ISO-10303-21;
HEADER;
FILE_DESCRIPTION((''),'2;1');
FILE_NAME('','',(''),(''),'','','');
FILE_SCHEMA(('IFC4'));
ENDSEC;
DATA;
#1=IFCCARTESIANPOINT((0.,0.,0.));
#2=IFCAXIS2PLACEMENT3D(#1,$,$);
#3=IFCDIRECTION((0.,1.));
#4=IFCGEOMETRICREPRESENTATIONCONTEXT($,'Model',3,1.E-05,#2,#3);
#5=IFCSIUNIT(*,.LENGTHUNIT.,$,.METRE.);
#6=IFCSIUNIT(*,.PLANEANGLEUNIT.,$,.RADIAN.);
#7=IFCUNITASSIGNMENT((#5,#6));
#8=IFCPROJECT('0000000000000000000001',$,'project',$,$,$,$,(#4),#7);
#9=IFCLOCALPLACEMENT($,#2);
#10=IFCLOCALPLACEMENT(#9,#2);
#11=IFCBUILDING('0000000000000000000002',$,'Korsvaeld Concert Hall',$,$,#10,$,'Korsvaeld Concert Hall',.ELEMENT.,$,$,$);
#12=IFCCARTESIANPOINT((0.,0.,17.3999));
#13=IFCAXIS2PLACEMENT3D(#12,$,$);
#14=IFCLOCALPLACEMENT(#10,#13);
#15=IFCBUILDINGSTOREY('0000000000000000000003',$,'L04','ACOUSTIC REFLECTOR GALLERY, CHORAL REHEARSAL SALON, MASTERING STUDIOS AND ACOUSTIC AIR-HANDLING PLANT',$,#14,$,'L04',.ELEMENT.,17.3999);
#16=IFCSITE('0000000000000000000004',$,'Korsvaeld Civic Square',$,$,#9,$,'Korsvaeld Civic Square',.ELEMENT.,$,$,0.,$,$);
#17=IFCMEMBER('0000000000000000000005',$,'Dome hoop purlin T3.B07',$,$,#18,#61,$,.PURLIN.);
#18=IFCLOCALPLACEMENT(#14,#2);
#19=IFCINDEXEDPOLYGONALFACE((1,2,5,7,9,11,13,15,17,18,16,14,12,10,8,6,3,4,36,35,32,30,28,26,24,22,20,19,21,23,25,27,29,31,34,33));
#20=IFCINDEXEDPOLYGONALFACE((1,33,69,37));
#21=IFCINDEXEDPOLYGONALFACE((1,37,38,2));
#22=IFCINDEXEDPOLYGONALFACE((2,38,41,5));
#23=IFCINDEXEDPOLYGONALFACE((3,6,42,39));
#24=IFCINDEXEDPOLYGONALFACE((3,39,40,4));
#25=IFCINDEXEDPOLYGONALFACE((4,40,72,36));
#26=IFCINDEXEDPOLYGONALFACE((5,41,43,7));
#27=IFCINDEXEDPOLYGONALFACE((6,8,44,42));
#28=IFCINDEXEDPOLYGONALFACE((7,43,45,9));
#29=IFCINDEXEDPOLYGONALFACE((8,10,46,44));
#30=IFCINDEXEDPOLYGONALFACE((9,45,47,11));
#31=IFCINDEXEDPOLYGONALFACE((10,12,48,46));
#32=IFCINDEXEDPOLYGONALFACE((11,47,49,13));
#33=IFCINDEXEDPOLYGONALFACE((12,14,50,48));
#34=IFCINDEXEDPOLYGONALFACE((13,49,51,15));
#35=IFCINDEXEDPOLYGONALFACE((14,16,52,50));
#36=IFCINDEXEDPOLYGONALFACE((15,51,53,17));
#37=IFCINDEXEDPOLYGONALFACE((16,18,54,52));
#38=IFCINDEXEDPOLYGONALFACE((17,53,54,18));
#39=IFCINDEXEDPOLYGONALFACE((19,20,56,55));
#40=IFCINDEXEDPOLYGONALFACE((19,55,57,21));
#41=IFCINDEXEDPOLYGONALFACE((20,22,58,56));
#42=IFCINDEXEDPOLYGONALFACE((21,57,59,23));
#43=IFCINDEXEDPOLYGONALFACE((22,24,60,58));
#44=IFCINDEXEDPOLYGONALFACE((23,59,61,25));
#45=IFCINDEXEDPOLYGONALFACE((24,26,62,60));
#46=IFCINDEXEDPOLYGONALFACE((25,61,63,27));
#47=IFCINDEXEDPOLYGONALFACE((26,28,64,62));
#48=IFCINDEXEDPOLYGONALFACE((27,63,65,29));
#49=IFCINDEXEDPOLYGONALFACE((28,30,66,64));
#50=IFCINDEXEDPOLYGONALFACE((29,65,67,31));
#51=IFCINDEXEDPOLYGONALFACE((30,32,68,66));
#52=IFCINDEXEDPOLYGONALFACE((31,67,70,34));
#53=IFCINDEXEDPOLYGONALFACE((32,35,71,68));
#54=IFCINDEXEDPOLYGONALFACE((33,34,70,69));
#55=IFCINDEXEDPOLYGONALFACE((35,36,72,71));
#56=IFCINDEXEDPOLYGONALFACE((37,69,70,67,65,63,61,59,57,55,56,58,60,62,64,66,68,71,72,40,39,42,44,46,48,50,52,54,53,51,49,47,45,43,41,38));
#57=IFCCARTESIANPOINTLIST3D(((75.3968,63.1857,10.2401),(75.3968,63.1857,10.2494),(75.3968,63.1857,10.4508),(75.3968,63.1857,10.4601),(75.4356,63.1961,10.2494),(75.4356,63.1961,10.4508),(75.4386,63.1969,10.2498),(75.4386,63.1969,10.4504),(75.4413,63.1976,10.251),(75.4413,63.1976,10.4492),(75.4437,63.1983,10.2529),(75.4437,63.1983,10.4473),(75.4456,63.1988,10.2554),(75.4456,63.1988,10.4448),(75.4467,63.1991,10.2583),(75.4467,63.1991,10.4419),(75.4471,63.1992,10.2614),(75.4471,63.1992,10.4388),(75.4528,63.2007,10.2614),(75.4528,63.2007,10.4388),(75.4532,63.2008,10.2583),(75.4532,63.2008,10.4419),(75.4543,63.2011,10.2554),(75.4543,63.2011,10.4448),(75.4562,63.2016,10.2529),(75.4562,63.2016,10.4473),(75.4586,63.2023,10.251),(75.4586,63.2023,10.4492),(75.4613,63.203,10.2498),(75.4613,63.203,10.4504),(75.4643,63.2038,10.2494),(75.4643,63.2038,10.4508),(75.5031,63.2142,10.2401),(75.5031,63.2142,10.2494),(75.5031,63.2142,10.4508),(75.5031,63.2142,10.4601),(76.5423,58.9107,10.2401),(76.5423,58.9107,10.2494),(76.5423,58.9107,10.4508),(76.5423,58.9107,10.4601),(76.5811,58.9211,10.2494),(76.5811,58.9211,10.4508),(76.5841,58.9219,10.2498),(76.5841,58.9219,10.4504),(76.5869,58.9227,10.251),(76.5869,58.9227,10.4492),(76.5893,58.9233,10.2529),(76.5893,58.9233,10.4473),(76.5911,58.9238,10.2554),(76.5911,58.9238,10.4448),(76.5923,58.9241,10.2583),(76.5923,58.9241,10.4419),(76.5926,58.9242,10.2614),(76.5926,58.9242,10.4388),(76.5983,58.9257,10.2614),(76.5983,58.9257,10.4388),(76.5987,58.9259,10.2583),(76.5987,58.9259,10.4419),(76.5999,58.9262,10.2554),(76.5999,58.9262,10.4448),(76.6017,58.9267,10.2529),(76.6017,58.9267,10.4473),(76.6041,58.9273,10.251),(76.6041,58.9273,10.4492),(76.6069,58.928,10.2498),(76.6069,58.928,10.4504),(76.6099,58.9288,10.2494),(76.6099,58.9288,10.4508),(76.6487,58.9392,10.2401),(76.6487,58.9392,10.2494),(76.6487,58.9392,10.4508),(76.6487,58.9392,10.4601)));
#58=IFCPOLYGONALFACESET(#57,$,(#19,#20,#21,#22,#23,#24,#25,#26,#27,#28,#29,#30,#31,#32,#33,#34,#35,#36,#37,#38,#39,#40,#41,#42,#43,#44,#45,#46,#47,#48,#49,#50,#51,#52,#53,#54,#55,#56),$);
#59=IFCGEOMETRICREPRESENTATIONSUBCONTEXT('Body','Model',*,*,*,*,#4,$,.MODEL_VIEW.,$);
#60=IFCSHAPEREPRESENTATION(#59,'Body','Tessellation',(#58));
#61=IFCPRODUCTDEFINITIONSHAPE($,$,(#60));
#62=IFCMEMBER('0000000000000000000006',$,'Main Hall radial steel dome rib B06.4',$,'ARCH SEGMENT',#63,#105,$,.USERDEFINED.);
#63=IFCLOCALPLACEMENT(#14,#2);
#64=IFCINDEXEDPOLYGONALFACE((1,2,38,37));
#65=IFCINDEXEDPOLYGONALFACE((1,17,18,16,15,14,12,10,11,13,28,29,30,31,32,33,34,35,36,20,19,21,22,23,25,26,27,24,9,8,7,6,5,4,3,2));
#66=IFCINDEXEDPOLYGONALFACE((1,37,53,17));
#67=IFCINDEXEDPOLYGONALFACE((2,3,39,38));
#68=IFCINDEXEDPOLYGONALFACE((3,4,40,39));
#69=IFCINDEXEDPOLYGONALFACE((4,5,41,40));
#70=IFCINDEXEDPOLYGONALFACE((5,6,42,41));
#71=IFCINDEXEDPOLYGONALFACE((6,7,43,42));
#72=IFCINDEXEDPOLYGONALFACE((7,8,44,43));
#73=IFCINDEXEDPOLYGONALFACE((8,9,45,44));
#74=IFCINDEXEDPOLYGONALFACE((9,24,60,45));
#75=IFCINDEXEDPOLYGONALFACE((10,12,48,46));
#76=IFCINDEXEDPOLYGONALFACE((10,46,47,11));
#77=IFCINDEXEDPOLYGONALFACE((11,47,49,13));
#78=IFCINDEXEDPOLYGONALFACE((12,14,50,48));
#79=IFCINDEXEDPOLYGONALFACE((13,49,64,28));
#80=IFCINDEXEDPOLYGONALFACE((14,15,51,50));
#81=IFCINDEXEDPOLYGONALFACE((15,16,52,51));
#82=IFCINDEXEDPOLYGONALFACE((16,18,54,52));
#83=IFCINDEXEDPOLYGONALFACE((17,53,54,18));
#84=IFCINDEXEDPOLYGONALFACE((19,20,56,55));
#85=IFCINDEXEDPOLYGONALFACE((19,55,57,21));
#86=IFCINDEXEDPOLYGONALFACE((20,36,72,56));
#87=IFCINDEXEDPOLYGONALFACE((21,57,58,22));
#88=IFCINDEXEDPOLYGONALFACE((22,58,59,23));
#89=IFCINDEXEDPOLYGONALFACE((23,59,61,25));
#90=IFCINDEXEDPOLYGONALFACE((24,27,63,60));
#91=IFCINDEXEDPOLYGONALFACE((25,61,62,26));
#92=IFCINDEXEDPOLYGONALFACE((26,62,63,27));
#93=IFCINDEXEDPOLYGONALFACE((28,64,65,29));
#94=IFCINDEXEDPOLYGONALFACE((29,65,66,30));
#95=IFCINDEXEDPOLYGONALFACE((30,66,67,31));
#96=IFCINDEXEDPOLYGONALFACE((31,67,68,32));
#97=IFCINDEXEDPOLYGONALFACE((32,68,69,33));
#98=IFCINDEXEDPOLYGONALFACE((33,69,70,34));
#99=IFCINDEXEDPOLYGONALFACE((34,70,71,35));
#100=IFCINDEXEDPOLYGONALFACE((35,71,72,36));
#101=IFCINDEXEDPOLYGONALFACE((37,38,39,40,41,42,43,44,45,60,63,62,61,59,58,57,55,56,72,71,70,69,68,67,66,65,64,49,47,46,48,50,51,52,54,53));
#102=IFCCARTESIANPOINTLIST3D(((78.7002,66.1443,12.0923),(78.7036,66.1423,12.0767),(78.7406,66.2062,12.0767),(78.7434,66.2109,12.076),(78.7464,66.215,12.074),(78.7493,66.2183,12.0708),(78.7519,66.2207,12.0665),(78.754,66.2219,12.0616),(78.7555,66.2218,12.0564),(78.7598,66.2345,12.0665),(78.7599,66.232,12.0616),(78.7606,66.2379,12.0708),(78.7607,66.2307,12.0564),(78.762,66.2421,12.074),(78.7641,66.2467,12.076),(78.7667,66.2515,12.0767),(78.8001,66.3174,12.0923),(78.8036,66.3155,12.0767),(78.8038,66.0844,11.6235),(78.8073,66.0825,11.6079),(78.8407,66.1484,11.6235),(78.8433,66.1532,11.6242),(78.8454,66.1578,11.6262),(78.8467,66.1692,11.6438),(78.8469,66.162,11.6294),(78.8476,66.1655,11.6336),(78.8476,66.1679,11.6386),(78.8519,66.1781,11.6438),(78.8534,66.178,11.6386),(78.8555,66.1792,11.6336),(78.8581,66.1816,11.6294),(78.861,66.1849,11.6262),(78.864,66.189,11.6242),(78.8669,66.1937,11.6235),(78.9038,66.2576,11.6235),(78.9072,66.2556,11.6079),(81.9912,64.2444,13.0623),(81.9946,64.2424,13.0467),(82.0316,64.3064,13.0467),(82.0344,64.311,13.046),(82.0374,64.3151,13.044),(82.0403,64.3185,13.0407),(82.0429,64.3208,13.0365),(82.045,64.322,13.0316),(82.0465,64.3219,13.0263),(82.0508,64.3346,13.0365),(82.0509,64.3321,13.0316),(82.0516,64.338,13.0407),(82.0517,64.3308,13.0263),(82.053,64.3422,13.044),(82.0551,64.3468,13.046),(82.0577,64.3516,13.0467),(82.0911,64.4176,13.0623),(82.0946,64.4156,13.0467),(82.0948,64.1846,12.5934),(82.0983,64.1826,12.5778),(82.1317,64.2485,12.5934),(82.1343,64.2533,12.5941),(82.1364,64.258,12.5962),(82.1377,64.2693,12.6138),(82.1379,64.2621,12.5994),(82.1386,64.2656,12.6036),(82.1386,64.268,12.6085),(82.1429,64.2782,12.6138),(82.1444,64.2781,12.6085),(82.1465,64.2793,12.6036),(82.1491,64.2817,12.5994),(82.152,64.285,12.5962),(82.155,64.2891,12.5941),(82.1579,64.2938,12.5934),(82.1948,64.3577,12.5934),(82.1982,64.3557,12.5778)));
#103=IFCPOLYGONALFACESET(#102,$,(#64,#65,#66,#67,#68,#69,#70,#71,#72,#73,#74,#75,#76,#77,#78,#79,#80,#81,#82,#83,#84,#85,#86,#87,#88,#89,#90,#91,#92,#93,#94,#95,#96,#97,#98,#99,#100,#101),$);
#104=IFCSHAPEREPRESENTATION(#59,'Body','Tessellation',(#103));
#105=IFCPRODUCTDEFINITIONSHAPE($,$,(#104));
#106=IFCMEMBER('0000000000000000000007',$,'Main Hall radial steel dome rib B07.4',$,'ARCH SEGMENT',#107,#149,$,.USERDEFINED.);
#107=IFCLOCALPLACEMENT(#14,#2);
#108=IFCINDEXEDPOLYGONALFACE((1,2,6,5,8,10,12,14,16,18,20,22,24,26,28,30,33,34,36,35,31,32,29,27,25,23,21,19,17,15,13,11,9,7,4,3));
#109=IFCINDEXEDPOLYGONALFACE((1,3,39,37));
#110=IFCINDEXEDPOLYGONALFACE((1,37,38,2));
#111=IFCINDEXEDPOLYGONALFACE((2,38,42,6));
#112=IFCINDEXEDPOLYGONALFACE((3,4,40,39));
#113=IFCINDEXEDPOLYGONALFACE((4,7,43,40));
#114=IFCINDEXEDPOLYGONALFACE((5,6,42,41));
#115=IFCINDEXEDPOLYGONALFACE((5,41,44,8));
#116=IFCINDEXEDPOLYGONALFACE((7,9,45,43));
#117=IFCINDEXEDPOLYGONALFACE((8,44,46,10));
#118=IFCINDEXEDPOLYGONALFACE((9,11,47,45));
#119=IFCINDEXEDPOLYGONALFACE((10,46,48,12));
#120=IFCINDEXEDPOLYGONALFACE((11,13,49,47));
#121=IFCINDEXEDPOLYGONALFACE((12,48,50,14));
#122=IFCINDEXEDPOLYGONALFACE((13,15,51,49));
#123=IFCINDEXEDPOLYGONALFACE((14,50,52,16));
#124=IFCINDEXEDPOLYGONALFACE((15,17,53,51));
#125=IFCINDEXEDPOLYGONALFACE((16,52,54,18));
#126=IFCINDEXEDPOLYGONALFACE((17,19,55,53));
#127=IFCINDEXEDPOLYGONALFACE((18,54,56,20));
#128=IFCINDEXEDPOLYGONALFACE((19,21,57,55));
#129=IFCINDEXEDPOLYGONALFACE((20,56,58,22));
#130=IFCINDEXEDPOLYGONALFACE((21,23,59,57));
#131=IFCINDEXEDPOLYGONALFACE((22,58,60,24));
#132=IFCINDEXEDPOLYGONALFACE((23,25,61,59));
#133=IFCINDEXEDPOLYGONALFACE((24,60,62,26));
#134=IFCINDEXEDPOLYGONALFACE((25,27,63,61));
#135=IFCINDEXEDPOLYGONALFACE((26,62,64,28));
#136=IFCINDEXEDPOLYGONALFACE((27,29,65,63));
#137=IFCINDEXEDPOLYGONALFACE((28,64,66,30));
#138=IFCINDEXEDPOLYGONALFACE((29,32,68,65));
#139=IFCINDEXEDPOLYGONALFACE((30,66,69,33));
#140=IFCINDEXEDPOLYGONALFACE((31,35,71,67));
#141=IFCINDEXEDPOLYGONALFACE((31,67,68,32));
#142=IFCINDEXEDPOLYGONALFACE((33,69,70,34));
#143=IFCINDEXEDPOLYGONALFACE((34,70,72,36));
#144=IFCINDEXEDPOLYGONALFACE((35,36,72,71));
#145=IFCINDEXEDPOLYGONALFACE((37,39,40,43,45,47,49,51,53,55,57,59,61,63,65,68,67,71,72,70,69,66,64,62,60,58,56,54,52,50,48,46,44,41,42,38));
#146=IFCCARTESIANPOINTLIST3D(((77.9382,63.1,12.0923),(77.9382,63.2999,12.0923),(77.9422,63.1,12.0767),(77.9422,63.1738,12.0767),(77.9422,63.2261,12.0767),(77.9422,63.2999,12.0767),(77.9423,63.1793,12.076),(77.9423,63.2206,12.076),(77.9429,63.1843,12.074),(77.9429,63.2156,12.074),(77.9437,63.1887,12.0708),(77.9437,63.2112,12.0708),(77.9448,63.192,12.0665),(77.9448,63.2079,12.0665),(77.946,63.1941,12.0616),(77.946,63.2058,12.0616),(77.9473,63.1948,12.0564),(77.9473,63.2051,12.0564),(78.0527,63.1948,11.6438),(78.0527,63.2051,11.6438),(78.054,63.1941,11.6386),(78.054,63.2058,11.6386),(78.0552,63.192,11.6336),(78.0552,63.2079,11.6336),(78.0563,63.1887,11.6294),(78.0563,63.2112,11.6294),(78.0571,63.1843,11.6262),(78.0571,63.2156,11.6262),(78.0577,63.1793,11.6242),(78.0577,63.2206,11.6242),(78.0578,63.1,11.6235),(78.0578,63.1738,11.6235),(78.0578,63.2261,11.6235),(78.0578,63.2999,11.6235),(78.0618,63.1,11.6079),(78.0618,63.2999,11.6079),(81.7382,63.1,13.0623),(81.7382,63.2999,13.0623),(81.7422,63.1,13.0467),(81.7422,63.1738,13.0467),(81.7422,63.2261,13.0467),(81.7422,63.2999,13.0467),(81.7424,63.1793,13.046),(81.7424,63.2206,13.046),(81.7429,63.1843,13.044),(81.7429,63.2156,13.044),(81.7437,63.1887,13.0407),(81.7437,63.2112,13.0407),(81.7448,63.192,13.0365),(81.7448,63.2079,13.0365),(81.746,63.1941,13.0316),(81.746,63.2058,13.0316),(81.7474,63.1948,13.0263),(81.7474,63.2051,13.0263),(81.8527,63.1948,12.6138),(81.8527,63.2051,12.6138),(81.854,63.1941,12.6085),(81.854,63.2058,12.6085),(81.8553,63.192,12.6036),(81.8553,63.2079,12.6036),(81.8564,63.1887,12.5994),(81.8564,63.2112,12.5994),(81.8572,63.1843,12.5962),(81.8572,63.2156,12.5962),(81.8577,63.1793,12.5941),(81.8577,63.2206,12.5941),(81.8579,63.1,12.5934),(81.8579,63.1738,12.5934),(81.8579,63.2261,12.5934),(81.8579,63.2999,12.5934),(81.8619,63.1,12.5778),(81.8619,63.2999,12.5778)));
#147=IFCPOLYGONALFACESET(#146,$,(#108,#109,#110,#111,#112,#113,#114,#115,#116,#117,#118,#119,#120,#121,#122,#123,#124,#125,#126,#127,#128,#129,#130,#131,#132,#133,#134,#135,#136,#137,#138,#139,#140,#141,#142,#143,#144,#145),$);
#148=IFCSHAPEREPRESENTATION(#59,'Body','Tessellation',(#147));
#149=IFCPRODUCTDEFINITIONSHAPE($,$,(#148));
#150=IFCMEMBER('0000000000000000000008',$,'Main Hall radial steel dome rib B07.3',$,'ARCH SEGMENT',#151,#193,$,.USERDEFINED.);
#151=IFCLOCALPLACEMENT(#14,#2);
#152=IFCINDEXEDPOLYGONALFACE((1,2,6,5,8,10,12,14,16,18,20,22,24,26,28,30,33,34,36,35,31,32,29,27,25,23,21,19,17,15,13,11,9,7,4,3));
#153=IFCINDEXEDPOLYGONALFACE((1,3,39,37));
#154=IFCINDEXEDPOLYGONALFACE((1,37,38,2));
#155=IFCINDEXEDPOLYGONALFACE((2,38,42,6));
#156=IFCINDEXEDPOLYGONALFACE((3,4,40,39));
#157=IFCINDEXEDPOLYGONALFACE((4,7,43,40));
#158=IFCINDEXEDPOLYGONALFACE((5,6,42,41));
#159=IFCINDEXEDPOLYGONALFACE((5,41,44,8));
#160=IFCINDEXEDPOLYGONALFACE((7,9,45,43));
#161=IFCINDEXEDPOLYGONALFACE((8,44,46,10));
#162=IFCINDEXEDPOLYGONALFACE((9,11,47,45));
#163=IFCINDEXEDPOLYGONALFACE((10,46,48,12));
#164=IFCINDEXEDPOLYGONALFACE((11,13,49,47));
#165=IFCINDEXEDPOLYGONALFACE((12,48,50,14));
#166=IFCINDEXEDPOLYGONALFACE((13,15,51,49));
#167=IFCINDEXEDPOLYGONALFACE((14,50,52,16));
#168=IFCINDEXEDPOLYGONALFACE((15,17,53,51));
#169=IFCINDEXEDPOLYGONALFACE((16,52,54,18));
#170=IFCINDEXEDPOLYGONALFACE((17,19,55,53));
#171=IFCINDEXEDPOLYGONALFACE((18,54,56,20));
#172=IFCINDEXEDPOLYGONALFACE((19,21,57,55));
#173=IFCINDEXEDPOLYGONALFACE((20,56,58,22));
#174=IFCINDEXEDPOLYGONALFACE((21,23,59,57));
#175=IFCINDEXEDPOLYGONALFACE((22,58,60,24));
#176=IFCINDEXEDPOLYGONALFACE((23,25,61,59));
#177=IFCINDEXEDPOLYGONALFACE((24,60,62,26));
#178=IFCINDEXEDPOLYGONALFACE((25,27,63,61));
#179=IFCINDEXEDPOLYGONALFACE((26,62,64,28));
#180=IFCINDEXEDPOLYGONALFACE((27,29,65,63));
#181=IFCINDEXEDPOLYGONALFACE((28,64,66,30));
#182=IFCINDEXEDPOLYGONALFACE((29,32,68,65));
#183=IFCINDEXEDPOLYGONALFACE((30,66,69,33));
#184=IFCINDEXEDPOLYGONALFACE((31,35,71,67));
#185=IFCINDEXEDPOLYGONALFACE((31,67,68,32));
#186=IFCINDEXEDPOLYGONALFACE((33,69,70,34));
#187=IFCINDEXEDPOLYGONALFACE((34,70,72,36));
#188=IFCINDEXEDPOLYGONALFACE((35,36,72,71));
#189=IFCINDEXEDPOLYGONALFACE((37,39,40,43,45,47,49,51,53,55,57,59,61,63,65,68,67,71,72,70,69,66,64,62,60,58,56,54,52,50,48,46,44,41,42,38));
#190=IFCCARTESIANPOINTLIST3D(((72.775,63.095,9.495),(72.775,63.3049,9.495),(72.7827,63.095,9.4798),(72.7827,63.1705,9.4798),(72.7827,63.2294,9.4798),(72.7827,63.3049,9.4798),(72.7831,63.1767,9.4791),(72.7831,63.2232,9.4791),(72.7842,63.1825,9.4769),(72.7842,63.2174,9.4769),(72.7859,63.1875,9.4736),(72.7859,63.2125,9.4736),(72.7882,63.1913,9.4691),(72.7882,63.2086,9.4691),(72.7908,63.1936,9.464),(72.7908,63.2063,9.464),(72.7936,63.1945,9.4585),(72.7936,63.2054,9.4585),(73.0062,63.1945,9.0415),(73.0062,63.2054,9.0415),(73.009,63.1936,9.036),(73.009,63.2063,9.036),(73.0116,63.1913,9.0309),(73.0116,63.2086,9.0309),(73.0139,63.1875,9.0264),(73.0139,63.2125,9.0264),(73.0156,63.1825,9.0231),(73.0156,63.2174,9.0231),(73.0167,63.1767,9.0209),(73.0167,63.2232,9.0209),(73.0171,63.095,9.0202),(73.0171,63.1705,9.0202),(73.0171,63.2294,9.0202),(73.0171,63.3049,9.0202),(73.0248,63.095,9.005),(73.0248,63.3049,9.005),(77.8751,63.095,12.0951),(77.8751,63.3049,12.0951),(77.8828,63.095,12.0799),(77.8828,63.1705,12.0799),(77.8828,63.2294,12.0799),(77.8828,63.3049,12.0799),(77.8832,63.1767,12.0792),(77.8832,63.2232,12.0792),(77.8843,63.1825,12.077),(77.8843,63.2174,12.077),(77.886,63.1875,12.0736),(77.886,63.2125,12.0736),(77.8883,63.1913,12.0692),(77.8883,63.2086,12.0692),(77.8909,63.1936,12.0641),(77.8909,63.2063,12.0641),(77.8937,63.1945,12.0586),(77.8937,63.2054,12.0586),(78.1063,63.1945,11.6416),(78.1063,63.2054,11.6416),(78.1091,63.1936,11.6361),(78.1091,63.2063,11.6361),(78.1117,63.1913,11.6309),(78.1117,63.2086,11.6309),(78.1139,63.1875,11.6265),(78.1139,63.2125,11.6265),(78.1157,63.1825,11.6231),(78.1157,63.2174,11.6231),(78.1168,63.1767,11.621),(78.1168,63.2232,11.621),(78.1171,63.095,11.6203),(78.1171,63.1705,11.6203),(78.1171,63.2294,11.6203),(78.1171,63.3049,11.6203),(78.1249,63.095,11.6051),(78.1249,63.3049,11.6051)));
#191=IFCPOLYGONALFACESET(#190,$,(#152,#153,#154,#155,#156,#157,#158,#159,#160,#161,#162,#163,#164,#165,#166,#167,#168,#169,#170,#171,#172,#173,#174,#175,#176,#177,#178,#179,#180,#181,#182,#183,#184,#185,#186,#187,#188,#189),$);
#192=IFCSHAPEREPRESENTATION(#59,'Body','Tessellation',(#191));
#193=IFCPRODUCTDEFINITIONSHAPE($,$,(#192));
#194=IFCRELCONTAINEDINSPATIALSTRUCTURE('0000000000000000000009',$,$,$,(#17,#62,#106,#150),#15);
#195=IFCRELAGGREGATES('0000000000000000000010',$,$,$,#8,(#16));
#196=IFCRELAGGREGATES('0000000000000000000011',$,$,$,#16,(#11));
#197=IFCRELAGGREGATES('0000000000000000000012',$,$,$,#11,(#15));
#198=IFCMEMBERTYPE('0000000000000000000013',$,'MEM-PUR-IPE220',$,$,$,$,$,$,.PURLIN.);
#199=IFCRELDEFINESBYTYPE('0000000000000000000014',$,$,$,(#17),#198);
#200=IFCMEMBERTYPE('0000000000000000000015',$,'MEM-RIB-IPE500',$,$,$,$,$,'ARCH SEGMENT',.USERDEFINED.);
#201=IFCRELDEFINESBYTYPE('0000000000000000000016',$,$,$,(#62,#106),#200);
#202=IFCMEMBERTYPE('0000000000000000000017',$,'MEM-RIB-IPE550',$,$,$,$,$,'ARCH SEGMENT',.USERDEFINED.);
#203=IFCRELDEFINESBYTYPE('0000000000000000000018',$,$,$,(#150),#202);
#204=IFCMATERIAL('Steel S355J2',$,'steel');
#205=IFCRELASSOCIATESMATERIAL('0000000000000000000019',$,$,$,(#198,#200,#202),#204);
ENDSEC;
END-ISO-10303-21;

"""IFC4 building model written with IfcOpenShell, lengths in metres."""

from ifc_helpers import new_model, si_unit, direction, frame, origin, origin_2d, place, context, subcontext, project, spatial, i_section, extrude, material, material_profile, profile_set, type_object, element, save


model = new_model("IFC4")

# Units and contexts
model_context = context("Model", 3, precision=1e-05, world=origin(), true_north=direction((0.0, 1.0)))
body_context = subcontext(model_context, "Body", "Model", "MODEL_VIEW")
ifc_project = project(units=[si_unit("LENGTHUNIT", "METRE"), si_unit("PLANEANGLEUNIT", "RADIAN")], contexts=[model_context])

# Site, building, storey
site_placement = place(None, origin())
site = spatial("IfcSite", under=ifc_project, at=site_placement, Name="Korsvaeld Civic Square", LongName="Korsvaeld Civic Square", CompositionType="ELEMENT", RefElevation=0.0)
building_placement = place(site_placement, origin())
building = spatial("IfcBuilding", under=site, at=building_placement, Name="Korsvaeld Concert Hall", LongName="Korsvaeld Concert Hall", CompositionType="ELEMENT")
storey_placement = place(building_placement, frame((0.0, 0.0, 17.3999)))
storey = spatial("IfcBuildingStorey", under=building, at=storey_placement, Name="L04", Description="ACOUSTIC REFLECTOR GALLERY, CHORAL REHEARSAL SALON, MASTERING STUDIOS AND ACOUSTIC AIR-HANDLING PLANT", LongName="L04", CompositionType="ELEMENT", Elevation=17.3999)

# Shared definitions
ifc_material_1 = material(Name="Steel S355J2", Category="steel")

# Members
ifc_material_profile_1 = material_profile(ifc_material_1, i_section(OverallWidth=0.1101, OverallDepth=0.22, WebThickness=0.0059, FlangeThickness=0.0093, FilletRadius=0.012, at=origin_2d()), Name="IPE 220")
ifc_profile_set_1 = profile_set([ifc_material_profile_1], Name="Steel S355J2")
member_type_1 = type_object("IfcMemberType", Name="MEM-PUR-IPE220", PredefinedType="PURLIN", material=ifc_profile_set_1)
member_1_placement = place(storey_placement, frame((75.45, 63.2, 10.3501), z_axis=(0.25883, -0.965923, 0.0), x_axis=(0.965923, 0.25883, 0.0)))
element("IfcMember", 1, at=member_1_placement, inside=storey, type_object=member_type_1, Name="Dome hoop purlin T3.B07", PredefinedType="PURLIN", context=body_context, shape_type="SweptSolid", body=[
    extrude(i_section(OverallWidth=0.1101, OverallDepth=0.22, WebThickness=0.0059, FlangeThickness=0.0093, FilletRadius=0.012, at=origin_2d()), origin(), (0.0, 0.0, 1.0), 4.4258),
])
ifc_material_profile_2 = material_profile(ifc_material_1, i_section(OverallWidth=0.2, OverallDepth=0.5, WebThickness=0.0103, FlangeThickness=0.0161, FilletRadius=0.021, at=origin_2d()), Name="IPE 500")
ifc_profile_set_2 = profile_set([ifc_material_profile_2], Name="Steel S355J2")
member_type_2 = type_object("IfcMemberType", Name="MEM-RIB-IPE500", ElementType="ARCH SEGMENT", PredefinedType="USERDEFINED", material=ifc_profile_set_2)
for number, where, z_axis, x_axis, name in (
    (2, (78.8037, 66.2, 11.8501), (0.839139, -0.484435, 0.247322), (0.499967, 0.866044, 0.0), "Main Hall radial steel dome rib B06.4"),
    (3, (78.0, 63.2, 11.8501), (0.968933, 0.0, 0.247322), (0.0, 1.0, 0.0), "Main Hall radial steel dome rib B07.4"),
):
    element("IfcMember", number, at=place(storey_placement, frame(where, z_axis=z_axis, x_axis=x_axis)), inside=storey, type_object=member_type_2, Name=name, ObjectType="ARCH SEGMENT", PredefinedType="USERDEFINED", context=body_context, shape_type="SweptSolid", body=[
        extrude(i_section(OverallWidth=0.2, OverallDepth=0.5, WebThickness=0.0103, FlangeThickness=0.0161, FilletRadius=0.021, at=origin_2d()), origin(), (0.0, 0.0, 1.0), 3.9219),
    ])
ifc_material_profile_3 = material_profile(ifc_material_1, i_section(OverallWidth=0.21, OverallDepth=0.55, WebThickness=0.011, FlangeThickness=0.0171, FilletRadius=0.0239, at=origin_2d()), Name="IPE 550")
ifc_profile_set_3 = profile_set([ifc_material_profile_3], Name="Steel S355J2")
member_type_3 = type_object("IfcMemberType", Name="MEM-RIB-IPE550", ElementType="ARCH SEGMENT", PredefinedType="USERDEFINED", material=ifc_profile_set_3)
member_2_placement = place(storey_placement, frame((72.8999, 63.2, 9.25), z_axis=(0.890903, 0.0, 0.454194), x_axis=(0.0, 1.0, 0.0)))
element("IfcMember", 4, at=member_2_placement, inside=storey, type_object=member_type_3, Name="Main Hall radial steel dome rib B07.3", ObjectType="ARCH SEGMENT", PredefinedType="USERDEFINED", context=body_context, shape_type="SweptSolid", body=[
    extrude(i_section(OverallWidth=0.21, OverallDepth=0.55, WebThickness=0.011, FlangeThickness=0.0171, FilletRadius=0.0239, at=origin_2d()), origin(), (0.0, 0.0, 1.0), 5.7246),
])

save(model, "model.ifc")
